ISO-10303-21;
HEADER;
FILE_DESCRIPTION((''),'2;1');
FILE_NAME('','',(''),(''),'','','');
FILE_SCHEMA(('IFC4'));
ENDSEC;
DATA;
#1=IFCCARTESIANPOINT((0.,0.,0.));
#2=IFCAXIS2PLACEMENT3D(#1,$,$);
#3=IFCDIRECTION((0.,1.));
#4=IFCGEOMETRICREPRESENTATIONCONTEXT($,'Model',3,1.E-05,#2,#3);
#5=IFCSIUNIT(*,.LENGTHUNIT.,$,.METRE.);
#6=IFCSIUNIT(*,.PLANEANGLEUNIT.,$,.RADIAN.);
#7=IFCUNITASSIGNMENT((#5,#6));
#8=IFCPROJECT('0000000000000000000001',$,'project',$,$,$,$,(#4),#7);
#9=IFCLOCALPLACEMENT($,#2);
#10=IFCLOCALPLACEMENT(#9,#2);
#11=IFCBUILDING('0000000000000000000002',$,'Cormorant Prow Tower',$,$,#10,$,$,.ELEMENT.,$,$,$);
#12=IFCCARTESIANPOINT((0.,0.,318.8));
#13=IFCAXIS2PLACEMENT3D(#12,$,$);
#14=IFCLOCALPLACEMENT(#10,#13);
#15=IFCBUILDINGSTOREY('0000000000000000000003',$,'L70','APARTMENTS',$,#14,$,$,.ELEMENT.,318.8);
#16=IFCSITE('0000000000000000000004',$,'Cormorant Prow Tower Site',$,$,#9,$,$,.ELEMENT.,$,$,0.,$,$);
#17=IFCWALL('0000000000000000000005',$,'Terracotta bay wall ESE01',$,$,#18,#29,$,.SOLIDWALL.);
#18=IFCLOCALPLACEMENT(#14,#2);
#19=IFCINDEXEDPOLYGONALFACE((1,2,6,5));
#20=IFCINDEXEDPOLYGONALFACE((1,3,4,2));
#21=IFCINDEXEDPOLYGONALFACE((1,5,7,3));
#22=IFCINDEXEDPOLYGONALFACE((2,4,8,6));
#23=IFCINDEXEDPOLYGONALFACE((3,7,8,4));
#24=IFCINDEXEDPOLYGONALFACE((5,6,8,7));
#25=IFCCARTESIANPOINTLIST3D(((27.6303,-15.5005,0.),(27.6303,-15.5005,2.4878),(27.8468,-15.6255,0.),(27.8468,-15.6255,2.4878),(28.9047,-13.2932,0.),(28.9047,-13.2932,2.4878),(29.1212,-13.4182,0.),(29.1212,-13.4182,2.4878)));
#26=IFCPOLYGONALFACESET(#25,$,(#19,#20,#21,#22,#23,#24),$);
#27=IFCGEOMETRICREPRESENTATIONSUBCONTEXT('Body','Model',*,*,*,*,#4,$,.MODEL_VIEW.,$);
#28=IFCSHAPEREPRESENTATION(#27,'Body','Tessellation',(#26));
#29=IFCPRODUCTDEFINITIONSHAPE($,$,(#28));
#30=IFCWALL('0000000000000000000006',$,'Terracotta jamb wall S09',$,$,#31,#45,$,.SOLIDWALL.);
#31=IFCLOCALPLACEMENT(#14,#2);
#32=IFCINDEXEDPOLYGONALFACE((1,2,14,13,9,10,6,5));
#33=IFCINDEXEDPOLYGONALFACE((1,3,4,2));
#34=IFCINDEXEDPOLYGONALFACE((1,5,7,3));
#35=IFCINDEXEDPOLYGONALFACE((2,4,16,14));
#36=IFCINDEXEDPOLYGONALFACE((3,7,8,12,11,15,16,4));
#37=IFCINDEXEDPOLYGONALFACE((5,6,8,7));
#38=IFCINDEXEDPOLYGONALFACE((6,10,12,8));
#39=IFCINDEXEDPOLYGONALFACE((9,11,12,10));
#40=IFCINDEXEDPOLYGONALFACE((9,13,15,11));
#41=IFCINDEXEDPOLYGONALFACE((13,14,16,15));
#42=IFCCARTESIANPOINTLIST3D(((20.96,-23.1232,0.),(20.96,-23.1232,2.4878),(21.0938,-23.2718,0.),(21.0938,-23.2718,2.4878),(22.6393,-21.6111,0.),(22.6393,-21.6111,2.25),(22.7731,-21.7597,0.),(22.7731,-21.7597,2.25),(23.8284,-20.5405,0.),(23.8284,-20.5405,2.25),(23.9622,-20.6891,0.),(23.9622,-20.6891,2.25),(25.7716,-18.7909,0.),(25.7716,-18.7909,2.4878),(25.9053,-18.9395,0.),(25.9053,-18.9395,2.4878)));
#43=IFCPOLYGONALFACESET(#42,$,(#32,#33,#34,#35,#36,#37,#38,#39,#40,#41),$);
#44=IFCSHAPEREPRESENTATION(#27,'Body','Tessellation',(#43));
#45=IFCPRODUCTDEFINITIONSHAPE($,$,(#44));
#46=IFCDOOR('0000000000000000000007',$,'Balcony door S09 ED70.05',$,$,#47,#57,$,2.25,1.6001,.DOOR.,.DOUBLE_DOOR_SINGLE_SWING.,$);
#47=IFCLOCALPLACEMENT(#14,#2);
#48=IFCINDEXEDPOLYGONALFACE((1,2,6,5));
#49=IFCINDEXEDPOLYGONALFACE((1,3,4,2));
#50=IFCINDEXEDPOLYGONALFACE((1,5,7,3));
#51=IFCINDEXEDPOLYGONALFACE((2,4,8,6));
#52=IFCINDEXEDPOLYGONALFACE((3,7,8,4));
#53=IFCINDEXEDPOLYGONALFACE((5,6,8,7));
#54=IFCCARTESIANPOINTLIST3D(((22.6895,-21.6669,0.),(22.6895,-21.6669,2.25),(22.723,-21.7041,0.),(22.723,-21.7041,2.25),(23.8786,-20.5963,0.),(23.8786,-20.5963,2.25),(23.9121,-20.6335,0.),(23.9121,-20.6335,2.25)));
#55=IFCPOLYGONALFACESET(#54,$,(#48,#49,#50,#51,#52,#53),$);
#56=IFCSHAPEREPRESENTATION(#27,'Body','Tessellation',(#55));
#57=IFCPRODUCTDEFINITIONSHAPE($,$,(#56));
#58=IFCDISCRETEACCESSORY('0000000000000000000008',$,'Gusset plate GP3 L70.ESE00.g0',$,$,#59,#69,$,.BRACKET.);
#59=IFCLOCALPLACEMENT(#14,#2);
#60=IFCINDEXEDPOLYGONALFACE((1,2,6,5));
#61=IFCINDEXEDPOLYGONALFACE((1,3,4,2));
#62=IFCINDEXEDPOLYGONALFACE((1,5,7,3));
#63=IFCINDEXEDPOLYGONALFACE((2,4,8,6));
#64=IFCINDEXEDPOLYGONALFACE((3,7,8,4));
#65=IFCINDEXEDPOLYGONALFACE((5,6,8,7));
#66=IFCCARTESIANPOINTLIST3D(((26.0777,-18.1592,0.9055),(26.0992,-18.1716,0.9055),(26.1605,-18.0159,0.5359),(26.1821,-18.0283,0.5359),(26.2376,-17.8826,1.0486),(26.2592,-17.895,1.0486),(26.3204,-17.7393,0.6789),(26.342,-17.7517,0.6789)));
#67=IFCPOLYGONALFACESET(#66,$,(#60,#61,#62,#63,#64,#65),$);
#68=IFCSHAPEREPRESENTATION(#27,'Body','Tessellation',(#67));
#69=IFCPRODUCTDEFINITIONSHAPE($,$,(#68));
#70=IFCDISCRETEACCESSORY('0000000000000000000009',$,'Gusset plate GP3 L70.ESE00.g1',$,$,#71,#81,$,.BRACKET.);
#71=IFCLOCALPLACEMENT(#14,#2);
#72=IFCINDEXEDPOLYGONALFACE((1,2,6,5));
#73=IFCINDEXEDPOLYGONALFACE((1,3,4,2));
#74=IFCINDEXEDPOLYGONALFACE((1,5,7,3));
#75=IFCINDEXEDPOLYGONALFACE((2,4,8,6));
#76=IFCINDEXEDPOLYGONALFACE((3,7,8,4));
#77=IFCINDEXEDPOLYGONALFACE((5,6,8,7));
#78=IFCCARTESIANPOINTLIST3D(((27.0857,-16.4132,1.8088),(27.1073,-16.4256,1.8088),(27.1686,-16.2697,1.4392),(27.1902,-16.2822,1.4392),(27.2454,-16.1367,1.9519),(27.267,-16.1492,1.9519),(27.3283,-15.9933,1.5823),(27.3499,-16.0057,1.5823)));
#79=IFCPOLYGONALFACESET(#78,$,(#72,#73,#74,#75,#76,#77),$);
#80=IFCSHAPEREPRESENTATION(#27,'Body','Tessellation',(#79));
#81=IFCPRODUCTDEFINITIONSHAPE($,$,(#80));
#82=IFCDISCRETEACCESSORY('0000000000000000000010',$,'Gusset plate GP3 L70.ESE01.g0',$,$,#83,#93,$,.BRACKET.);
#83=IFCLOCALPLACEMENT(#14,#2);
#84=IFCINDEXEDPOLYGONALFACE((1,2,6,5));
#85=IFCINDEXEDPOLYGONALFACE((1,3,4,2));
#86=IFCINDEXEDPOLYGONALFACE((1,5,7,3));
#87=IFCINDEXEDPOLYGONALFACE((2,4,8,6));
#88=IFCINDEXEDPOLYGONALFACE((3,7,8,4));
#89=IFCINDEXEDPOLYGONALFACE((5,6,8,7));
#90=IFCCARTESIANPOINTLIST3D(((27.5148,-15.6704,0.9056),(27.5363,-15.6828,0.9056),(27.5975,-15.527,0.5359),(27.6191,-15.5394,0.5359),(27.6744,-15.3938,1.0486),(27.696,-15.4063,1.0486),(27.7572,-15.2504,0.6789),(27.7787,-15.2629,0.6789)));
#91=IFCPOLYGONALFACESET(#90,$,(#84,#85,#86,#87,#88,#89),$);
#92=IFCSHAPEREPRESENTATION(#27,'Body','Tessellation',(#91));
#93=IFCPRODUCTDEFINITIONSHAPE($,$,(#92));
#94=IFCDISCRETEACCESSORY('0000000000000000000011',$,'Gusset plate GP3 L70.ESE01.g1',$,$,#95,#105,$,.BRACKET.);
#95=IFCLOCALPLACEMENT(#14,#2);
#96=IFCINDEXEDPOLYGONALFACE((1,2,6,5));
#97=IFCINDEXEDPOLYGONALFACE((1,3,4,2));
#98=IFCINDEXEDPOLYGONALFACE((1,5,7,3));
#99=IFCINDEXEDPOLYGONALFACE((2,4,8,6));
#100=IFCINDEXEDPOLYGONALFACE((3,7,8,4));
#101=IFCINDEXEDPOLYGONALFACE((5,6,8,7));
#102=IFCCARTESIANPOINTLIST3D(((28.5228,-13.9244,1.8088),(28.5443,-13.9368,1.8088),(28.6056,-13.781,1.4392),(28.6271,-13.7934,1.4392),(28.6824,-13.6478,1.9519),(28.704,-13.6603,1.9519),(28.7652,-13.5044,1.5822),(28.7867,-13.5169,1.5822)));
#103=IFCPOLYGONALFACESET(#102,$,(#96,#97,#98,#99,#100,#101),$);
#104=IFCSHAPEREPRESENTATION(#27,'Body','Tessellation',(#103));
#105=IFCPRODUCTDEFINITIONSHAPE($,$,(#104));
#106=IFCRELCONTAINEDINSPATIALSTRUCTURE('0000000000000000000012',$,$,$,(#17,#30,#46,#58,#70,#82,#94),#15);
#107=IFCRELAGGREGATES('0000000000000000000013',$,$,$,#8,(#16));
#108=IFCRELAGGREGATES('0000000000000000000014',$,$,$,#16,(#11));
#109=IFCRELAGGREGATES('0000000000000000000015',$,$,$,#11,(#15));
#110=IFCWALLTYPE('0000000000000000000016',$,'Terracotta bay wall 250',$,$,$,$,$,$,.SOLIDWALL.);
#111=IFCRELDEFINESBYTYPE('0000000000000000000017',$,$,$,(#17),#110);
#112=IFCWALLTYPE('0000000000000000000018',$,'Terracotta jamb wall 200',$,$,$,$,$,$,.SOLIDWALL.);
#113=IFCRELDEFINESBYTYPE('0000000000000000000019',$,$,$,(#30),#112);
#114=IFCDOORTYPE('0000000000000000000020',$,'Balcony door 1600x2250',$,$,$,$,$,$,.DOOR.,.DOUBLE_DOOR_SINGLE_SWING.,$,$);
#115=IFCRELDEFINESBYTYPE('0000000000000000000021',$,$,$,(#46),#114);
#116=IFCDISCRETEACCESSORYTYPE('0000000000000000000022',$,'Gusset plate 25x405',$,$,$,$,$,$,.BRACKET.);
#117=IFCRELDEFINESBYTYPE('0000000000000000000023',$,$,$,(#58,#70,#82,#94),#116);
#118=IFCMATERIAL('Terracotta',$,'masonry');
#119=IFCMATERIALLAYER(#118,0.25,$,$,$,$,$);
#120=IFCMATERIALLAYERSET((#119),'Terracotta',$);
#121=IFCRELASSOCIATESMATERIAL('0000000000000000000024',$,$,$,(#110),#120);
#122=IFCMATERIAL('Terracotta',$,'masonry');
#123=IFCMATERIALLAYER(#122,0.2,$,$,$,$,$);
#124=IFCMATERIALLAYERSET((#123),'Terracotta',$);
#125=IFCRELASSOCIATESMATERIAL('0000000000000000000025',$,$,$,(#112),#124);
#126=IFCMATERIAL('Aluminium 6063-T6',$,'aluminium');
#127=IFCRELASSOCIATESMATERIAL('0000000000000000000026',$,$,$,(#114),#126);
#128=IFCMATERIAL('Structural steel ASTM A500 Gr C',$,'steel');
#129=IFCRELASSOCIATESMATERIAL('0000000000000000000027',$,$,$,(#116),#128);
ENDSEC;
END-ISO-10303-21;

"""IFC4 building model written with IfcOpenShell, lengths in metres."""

from ifc_helpers import new_model, si_unit, direction, frame, frame_2d, origin, origin_2d, place, context, subcontext, project, spatial, rectangle, extrude, material, layer, layer_set, material_profile, profile_set, type_object, element, fill, save


model = new_model("IFC4")

# Units and contexts
model_context = context("Model", 3, precision=1e-05, world=origin(), true_north=direction((0.0, 1.0)))
body_context = subcontext(model_context, "Body", "Model", "MODEL_VIEW")
ifc_project = project(units=[si_unit("LENGTHUNIT", "METRE"), si_unit("PLANEANGLEUNIT", "RADIAN")], contexts=[model_context])

# Site, building, storey
site_placement = place(None, origin())
site = spatial("IfcSite", under=ifc_project, at=site_placement, Name="Cormorant Prow Tower Site", CompositionType="ELEMENT", RefElevation=0.0)
building_placement = place(site_placement, origin())
building = spatial("IfcBuilding", under=site, at=building_placement, Name="Cormorant Prow Tower", CompositionType="ELEMENT")
storey_placement = place(building_placement, frame((0.0, 0.0, 318.8)))
storey = spatial("IfcBuildingStorey", under=building, at=storey_placement, Name="L70", Description="APARTMENTS", CompositionType="ELEMENT", Elevation=318.8)

# Shared definitions
ifc_material_1 = material(Name="Terracotta", Category="masonry")
ifc_layer_1 = layer(ifc_material_1, 0.25)
ifc_layer_set_1 = layer_set([ifc_layer_1], Name="Terracotta")
wall_type_1 = type_object("IfcWallType", Name="Terracotta bay wall 250", PredefinedType="SOLIDWALL", material=ifc_layer_set_1)

# Wall
wall_1_placement = place(storey_placement, frame((27.7385, -15.563, 0.0), z_axis=(0.0, 0.0, 1.0), x_axis=(0.500013, 0.866018, 0.0)))
element("IfcWall", 1, at=wall_1_placement, inside=storey, type_object=wall_type_1, Name="Terracotta bay wall ESE01", PredefinedType="SOLIDWALL", context=body_context, shape_type="SweptSolid", body=[
    extrude(rectangle(XDim=2.5488, YDim=0.25, at=frame_2d((1.2744, 0.0))), origin(), (0.0, 0.0, 1.0), 2.4878),
])

# Wall, opening, door
ifc_material_2 = material(Name="Terracotta", Category="masonry")
ifc_layer_2 = layer(ifc_material_2, 0.2)
ifc_layer_set_2 = layer_set([ifc_layer_2], Name="Terracotta")
wall_type_2 = type_object("IfcWallType", Name="Terracotta jamb wall 200", PredefinedType="SOLIDWALL", material=ifc_layer_set_2)
wall_2_placement = place(storey_placement, frame((21.0269, -23.1975, 0.0), z_axis=(0.0, 0.0, 1.0), x_axis=(0.743148, 0.669127, 0.0)))
wall_2 = element("IfcWall", 2, at=wall_2_placement, inside=storey, type_object=wall_type_2, Name="Terracotta jamb wall S09", PredefinedType="SOLIDWALL", context=body_context, shape_type="SweptSolid", body=[
    extrude(rectangle(XDim=6.4746, YDim=0.2, at=frame_2d((3.2373, 0.0))), origin(), (0.0, 0.0, 1.0), 2.4878),
])
opening_1_placement = place(wall_2_placement, frame((2.2598, 0.0, 0.0)))
opening_1 = element("IfcOpeningElement", 3, at=opening_1_placement, cuts=wall_2, PredefinedType="OPENING", context=body_context, shape_type="SweptSolid", body=[
    extrude(rectangle(XDim=1.6001, YDim=2.25, at=frame_2d((0.8, 1.125))), frame((0.0, 0.1099, 0.0), z_axis=(0.0, -1.0, 0.0), x_axis=(1.0, 0.0, 0.0)), (0.0, 0.0, 1.0), 0.22),
])
ifc_material_3 = material(Name="Aluminium 6063-T6", Category="aluminium")
door_type_1 = type_object("IfcDoorType", Name="Balcony door 1600x2250", OperationType="DOUBLE_DOOR_SINGLE_SWING", PredefinedType="DOOR", material=ifc_material_3)
door_1_placement = place(opening_1_placement, origin())
door_1 = element("IfcDoor", 4, at=door_1_placement, inside=storey, type_object=door_type_1, Name="Balcony door S09 ED70.05", OperationType="DOUBLE_DOOR_SINGLE_SWING", OverallHeight=2.25, OverallWidth=1.6001, PredefinedType="DOOR", context=body_context, shape_type="SweptSolid", body=[
    extrude(rectangle(XDim=1.6001, YDim=2.25, at=frame_2d((0.8, 1.125))), frame((0.0, 0.0249, 0.0), z_axis=(0.0, -1.0, 0.0), x_axis=(1.0, 0.0, 0.0)), (0.0, 0.0, 1.0), 0.05),
])
fill(opening_1, door_1)

# Discrete accessories
ifc_material_4 = material(Name="Structural steel ASTM A500 Gr C", Category="steel")
ifc_material_profile_1 = material_profile(ifc_material_4, rectangle(XDim=0.0249, YDim=0.405, at=origin_2d()), Name="Gusset plate 25x405")
ifc_profile_set_1 = profile_set([ifc_material_profile_1], Name="Structural steel ASTM A500 Gr C")
discrete_accessory_type = type_object("IfcDiscreteAccessoryType", Name="Gusset plate 25x405", PredefinedType="BRACKET", material=ifc_profile_set_1)
discrete_accessory_placement = place(storey_placement, frame((26.2898, -17.8171, 0.8638), z_axis=(-0.456792, -0.790145, -0.408672), x_axis=(0.86574, -0.500494, 0.0)))
element("IfcDiscreteAccessory", 5, at=discrete_accessory_placement, inside=storey, type_object=discrete_accessory_type, Name="Gusset plate GP3 L70.ESE00.g0", PredefinedType="BRACKET", context=body_context, shape_type="SweptSolid", body=[
    extrude(rectangle(XDim=0.0249, YDim=0.405, at=origin_2d()), origin(), (0.0, 0.0, 1.0), 0.3501),
])
for number, where, z_axis, x_axis, name in (
    (6, (27.1379, -16.3477, 1.624), (0.456491, 0.790135, 0.409027), (-0.86588, 0.500252, 0.0), "Gusset plate GP3 L70.ESE00.g1"),
    (7, (27.7266, -15.3284, 0.8638), (-0.456239, -0.790397, -0.408802), (0.866071, -0.499921, 0.0), "Gusset plate GP3 L70.ESE01.g0"),
    (8, (28.575, -13.8589, 1.624), (0.456239, 0.790397, 0.408802), (-0.866071, 0.499921, 0.0), "Gusset plate GP3 L70.ESE01.g1"),
):
    element("IfcDiscreteAccessory", number, at=place(storey_placement, frame(where, z_axis=z_axis, x_axis=x_axis)), inside=storey, type_object=discrete_accessory_type, Name=name, PredefinedType="BRACKET", context=body_context, shape_type="SweptSolid", body=[
        extrude(rectangle(XDim=0.0249, YDim=0.405, at=origin_2d()), origin(), (0.0, 0.0, 1.0), 0.3499),
    ])

save(model, "model.ifc")
